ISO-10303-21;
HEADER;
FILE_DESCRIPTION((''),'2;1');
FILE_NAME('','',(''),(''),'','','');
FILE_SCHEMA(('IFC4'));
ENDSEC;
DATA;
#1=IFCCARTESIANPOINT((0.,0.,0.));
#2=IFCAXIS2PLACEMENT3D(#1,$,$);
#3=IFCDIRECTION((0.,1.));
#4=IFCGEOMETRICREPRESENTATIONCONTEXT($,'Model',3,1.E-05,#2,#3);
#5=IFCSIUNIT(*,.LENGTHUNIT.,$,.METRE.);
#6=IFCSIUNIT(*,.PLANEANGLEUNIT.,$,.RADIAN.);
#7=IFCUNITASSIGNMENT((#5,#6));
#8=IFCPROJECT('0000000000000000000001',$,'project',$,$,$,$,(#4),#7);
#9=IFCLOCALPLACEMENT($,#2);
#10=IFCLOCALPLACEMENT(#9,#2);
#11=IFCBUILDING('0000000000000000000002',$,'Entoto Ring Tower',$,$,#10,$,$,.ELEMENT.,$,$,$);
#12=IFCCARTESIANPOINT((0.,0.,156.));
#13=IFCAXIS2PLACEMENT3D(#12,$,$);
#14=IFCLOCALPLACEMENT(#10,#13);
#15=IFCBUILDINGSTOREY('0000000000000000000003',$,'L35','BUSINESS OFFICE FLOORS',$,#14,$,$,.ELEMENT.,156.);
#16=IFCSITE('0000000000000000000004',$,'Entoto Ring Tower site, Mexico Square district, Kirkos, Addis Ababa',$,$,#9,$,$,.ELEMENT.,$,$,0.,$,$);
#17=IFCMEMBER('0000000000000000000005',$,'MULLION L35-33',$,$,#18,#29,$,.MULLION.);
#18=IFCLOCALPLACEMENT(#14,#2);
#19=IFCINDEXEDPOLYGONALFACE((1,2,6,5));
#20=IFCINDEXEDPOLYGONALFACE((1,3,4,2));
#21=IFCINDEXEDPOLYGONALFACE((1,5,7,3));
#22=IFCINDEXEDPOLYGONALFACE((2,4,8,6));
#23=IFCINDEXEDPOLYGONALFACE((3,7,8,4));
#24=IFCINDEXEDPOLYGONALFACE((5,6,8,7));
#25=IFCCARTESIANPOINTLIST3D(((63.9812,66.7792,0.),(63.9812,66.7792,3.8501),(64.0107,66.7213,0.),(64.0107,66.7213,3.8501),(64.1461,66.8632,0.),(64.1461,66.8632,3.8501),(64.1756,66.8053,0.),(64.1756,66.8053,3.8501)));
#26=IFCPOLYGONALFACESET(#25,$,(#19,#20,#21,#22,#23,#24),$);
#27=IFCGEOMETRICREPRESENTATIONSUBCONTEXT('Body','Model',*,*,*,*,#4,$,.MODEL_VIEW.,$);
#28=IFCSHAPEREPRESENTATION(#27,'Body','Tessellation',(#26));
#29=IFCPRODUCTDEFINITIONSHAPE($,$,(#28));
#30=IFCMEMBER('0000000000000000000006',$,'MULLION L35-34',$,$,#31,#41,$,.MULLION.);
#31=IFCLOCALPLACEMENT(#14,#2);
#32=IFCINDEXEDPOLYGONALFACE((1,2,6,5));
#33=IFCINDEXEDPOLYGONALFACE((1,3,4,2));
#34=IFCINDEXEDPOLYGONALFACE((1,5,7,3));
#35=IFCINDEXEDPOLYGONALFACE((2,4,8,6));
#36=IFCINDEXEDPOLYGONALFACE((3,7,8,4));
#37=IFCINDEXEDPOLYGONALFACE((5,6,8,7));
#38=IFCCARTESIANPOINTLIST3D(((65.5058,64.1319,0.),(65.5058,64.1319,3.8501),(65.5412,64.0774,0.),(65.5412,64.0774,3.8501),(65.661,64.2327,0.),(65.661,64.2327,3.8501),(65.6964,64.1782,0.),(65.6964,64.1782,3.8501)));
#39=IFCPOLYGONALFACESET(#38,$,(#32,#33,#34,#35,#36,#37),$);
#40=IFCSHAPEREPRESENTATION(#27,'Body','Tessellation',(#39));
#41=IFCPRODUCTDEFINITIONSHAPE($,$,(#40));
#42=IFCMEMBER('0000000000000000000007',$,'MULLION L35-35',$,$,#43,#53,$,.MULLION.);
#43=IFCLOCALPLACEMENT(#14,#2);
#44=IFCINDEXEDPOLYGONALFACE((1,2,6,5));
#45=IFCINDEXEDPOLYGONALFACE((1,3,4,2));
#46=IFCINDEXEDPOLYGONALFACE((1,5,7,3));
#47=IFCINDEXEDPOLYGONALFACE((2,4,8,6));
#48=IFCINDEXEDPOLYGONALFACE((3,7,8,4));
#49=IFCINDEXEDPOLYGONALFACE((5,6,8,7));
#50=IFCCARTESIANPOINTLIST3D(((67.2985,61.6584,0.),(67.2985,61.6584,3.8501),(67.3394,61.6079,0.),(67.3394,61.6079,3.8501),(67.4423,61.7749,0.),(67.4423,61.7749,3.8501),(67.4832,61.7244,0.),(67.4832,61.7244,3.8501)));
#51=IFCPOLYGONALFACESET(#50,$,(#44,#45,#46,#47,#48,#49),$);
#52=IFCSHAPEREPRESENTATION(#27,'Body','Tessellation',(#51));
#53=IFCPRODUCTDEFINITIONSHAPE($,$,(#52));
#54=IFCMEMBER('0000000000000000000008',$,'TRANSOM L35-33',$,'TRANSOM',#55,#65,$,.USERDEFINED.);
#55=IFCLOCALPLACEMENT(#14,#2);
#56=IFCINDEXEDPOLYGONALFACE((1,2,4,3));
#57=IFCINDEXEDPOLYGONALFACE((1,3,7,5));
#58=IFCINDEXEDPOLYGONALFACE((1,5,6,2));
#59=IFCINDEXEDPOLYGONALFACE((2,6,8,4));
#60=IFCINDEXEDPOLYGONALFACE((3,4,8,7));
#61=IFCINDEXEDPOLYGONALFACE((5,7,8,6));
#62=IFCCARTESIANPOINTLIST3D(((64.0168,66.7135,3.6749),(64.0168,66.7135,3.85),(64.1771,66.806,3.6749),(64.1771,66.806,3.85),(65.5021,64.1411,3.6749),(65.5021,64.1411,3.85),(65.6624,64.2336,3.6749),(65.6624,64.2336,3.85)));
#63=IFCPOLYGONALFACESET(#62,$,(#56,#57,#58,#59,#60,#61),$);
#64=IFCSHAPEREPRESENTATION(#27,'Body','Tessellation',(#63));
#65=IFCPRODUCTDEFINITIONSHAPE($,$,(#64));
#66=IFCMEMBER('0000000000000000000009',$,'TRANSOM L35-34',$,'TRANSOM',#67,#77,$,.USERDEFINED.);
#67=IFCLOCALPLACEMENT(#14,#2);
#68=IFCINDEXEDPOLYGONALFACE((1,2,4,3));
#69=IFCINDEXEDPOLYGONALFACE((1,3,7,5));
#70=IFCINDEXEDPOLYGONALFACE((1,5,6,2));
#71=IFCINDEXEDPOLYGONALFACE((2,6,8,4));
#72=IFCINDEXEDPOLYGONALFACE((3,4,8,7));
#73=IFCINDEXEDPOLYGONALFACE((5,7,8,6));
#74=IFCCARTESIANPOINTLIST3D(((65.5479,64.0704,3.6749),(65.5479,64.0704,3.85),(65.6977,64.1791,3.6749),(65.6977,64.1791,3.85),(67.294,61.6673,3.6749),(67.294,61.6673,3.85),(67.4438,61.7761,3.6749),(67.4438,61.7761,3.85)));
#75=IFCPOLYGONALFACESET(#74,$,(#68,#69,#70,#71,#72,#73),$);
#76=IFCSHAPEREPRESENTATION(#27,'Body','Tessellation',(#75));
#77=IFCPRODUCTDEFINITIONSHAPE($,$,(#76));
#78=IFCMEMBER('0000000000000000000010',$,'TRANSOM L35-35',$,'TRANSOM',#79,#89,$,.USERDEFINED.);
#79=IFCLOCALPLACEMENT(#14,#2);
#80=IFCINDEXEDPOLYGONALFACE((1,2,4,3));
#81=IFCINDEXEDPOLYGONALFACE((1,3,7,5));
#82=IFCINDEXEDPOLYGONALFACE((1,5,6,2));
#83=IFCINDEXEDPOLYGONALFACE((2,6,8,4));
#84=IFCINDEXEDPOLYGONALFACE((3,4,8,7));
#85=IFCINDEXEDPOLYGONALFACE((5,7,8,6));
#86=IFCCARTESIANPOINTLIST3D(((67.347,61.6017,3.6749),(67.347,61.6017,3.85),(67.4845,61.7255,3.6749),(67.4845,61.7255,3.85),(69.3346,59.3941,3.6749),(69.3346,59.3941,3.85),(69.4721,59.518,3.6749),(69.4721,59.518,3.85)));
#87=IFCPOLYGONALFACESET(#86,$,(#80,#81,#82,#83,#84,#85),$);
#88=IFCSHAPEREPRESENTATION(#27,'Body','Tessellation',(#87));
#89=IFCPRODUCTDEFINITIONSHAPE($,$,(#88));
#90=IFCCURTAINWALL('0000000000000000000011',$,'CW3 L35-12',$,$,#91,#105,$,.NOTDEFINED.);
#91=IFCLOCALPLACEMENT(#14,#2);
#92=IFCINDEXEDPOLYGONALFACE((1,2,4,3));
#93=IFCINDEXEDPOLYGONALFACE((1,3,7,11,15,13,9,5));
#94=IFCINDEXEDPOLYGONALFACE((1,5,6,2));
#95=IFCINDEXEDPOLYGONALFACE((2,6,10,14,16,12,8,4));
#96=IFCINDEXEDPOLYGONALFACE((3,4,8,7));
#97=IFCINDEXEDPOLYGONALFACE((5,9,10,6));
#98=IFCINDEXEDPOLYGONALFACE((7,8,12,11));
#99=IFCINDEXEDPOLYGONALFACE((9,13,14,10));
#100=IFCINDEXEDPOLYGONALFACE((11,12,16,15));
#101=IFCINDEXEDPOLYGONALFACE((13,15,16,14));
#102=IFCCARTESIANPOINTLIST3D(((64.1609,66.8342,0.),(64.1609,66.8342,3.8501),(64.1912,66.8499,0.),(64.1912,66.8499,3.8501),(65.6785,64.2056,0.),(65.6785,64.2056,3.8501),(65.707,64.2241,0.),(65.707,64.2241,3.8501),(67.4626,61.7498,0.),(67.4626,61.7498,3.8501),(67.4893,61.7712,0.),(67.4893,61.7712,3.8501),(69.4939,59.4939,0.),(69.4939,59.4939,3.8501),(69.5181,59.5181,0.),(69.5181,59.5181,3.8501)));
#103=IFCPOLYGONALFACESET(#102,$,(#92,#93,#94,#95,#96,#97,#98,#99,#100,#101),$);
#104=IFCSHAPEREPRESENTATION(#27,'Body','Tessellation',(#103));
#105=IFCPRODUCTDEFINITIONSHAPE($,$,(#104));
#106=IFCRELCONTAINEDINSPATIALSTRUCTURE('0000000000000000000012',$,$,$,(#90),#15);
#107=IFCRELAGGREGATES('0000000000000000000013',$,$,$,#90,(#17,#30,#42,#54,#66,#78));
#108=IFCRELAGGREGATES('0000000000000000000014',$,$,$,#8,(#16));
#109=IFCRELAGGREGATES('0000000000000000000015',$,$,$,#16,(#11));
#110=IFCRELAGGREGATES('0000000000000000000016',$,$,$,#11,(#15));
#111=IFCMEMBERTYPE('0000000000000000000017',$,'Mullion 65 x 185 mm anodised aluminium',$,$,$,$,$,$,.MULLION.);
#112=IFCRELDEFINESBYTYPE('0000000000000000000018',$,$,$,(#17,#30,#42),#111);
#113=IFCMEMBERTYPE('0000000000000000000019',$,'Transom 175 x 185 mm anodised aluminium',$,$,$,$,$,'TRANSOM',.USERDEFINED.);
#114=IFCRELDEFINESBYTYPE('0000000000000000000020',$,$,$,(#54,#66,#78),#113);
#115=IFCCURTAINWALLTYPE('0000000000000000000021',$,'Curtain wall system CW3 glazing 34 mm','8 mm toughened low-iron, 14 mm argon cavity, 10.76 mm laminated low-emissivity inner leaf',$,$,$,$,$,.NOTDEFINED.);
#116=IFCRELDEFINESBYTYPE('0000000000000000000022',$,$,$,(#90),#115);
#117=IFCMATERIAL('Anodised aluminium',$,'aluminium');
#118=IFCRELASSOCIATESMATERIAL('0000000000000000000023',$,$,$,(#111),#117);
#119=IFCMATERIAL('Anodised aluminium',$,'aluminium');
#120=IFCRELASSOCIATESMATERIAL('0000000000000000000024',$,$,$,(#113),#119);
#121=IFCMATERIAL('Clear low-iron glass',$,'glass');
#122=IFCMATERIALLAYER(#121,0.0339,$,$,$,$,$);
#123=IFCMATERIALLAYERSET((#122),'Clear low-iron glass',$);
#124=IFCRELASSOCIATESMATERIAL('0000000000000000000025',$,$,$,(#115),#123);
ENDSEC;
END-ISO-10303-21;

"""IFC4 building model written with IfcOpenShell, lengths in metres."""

from ifc_helpers import new_model, si_unit, direction, frame, origin, origin_2d, place, context, subcontext, project, spatial, polyline, rectangle, outline, extrude, material, layer, layer_set, material_profile, profile_set, type_object, element, aggregate, save


model = new_model("IFC4")

# Units and contexts
model_context = context("Model", 3, precision=1e-05, world=origin(), true_north=direction((0.0, 1.0)))
body_context = subcontext(model_context, "Body", "Model", "MODEL_VIEW")
ifc_project = project(units=[si_unit("LENGTHUNIT", "METRE"), si_unit("PLANEANGLEUNIT", "RADIAN")], contexts=[model_context])

# Members
ifc_material_1 = material(Name="Anodised aluminium", Category="aluminium")
ifc_material_profile_1 = material_profile(ifc_material_1, rectangle(XDim=0.0649, YDim=0.1851, at=origin_2d()), Name="Mullion 65 x 185 mm anodised aluminium")
ifc_profile_set_1 = profile_set([ifc_material_profile_1], Name="Anodised aluminium")
member_type_1 = type_object("IfcMemberType", Name="Mullion 65 x 185 mm anodised aluminium", PredefinedType="MULLION", material=ifc_profile_set_1)
site_placement = place(None, origin())
building_placement = place(site_placement, origin())
storey_placement = place(building_placement, frame((0.0, 0.0, 156.0)))
member_1_placement = place(storey_placement, frame((64.0784, 66.7922, 0.0), z_axis=(0.0, 0.0, 1.0), x_axis=(0.45399, -0.891007, 0.0)))
member_1 = element("IfcMember", 1, at=member_1_placement, type_object=member_type_1, Name="MULLION L35-33", PredefinedType="MULLION", context=body_context, shape_type="SweptSolid", body=[
    extrude(rectangle(XDim=0.0649, YDim=0.1851, at=origin_2d()), origin(), (0.0, 0.0, 1.0), 3.8501),
])
member_2_placement = place(storey_placement, frame((65.6011, 64.155, 0.0), z_axis=(0.0, 0.0, 1.0), x_axis=(0.544639, -0.838671, 0.0)))
member_2 = element("IfcMember", 2, at=member_2_placement, type_object=member_type_1, Name="MULLION L35-34", PredefinedType="MULLION", context=body_context, shape_type="SweptSolid", body=[
    extrude(rectangle(XDim=0.0649, YDim=0.1851, at=origin_2d()), origin(), (0.0, 0.0, 1.0), 3.8501),
])
member_3_placement = place(storey_placement, frame((67.3909, 61.6914, 0.0), z_axis=(0.0, 0.0, 1.0), x_axis=(0.62932, -0.777146, 0.0)))
member_3 = element("IfcMember", 3, at=member_3_placement, type_object=member_type_1, Name="MULLION L35-35", PredefinedType="MULLION", context=body_context, shape_type="SweptSolid", body=[
    extrude(rectangle(XDim=0.0649, YDim=0.1851, at=origin_2d()), origin(), (0.0, 0.0, 1.0), 3.8501),
])
ifc_material_2 = material(Name="Anodised aluminium", Category="aluminium")
ifc_material_profile_2 = material_profile(ifc_material_2, rectangle(XDim=0.1851, YDim=0.175, at=origin_2d()), Name="Transom 175 x 185 mm anodised aluminium")
ifc_profile_set_2 = profile_set([ifc_material_profile_2], Name="Anodised aluminium")
member_type_2 = type_object("IfcMemberType", Name="Transom 175 x 185 mm anodised aluminium", ElementType="TRANSOM", PredefinedType="USERDEFINED", material=ifc_profile_set_2)
member_4_placement = place(storey_placement, frame((64.0969, 66.7598, 3.7625), z_axis=(0.500028, -0.866009, 0.0), x_axis=(0.866009, 0.500028, 0.0)))
member_4 = element("IfcMember", 4, at=member_4_placement, type_object=member_type_2, Name="TRANSOM L35-33", ObjectType="TRANSOM", PredefinedType="USERDEFINED", context=body_context, shape_type="SweptSolid", body=[
    extrude(rectangle(XDim=0.1851, YDim=0.175, at=origin_2d()), origin(), (0.0, 0.0, 1.0), 2.9705),
])
member_5_placement = place(storey_placement, frame((65.6228, 64.1248, 3.7625), z_axis=(0.58782, -0.808992, 0.0), x_axis=(0.808992, 0.58782, 0.0)))
member_5 = element("IfcMember", 5, at=member_5_placement, type_object=member_type_2, Name="TRANSOM L35-34", ObjectType="TRANSOM", PredefinedType="USERDEFINED", context=body_context, shape_type="SweptSolid", body=[
    extrude(rectangle(XDim=0.1851, YDim=0.175, at=origin_2d()), origin(), (0.0, 0.0, 1.0), 2.9705),
])
member_6_placement = place(storey_placement, frame((67.4158, 61.6636, 3.7625), z_axis=(0.66911, -0.743163, 0.0), x_axis=(0.743163, 0.66911, 0.0)))
member_6 = element("IfcMember", 6, at=member_6_placement, type_object=member_type_2, Name="TRANSOM L35-35", ObjectType="TRANSOM", PredefinedType="USERDEFINED", context=body_context, shape_type="SweptSolid", body=[
    extrude(rectangle(XDim=0.1851, YDim=0.175, at=origin_2d()), origin(), (0.0, 0.0, 1.0), 2.9705),
])

# Site, building, storey
site = spatial("IfcSite", under=ifc_project, at=site_placement, Name="Entoto Ring Tower site, Mexico Square district, Kirkos, Addis Ababa", CompositionType="ELEMENT", RefElevation=0.0)
building = spatial("IfcBuilding", under=site, at=building_placement, Name="Entoto Ring Tower", CompositionType="ELEMENT")
storey = spatial("IfcBuildingStorey", under=building, at=storey_placement, Name="L35", Description="BUSINESS OFFICE FLOORS", CompositionType="ELEMENT", Elevation=156.0)

# Curtain wall
ifc_material_3 = material(Name="Clear low-iron glass", Category="glass")
ifc_layer = layer(ifc_material_3, 0.0339)
ifc_layer_set = layer_set([ifc_layer], Name="Clear low-iron glass")
curtain_wall_type = type_object("IfcCurtainWallType", Name="Curtain wall system CW3 glazing 34 mm", Description="8 mm toughened low-iron, 14 mm argon cavity, 10.76 mm laminated low-emissivity inner leaf", PredefinedType="NOTDEFINED", material=ifc_layer_set)
curtain_wall_1_placement = place(storey_placement, origin())
curtain_wall_1 = element("IfcCurtainWall", 7, at=curtain_wall_1_placement, inside=storey, type_object=curtain_wall_type, Name="CW3 L35-12", PredefinedType="NOTDEFINED", context=body_context, shape_type="SweptSolid", body=[
    extrude(outline(polyline([(64.1609, 66.8342), (65.6785, 64.2056), (67.4626, 61.7498), (69.4939, 59.4939), (69.5181, 59.5181), (67.4893, 61.7712), (65.707, 64.2241), (64.1912, 66.8499), (64.1609, 66.8342)])), origin(), (0.0, 0.0, 1.0), 3.8501),
])
aggregate(curtain_wall_1, [member_1, member_2, member_3, member_4, member_5, member_6])

save(model, "model.ifc")
